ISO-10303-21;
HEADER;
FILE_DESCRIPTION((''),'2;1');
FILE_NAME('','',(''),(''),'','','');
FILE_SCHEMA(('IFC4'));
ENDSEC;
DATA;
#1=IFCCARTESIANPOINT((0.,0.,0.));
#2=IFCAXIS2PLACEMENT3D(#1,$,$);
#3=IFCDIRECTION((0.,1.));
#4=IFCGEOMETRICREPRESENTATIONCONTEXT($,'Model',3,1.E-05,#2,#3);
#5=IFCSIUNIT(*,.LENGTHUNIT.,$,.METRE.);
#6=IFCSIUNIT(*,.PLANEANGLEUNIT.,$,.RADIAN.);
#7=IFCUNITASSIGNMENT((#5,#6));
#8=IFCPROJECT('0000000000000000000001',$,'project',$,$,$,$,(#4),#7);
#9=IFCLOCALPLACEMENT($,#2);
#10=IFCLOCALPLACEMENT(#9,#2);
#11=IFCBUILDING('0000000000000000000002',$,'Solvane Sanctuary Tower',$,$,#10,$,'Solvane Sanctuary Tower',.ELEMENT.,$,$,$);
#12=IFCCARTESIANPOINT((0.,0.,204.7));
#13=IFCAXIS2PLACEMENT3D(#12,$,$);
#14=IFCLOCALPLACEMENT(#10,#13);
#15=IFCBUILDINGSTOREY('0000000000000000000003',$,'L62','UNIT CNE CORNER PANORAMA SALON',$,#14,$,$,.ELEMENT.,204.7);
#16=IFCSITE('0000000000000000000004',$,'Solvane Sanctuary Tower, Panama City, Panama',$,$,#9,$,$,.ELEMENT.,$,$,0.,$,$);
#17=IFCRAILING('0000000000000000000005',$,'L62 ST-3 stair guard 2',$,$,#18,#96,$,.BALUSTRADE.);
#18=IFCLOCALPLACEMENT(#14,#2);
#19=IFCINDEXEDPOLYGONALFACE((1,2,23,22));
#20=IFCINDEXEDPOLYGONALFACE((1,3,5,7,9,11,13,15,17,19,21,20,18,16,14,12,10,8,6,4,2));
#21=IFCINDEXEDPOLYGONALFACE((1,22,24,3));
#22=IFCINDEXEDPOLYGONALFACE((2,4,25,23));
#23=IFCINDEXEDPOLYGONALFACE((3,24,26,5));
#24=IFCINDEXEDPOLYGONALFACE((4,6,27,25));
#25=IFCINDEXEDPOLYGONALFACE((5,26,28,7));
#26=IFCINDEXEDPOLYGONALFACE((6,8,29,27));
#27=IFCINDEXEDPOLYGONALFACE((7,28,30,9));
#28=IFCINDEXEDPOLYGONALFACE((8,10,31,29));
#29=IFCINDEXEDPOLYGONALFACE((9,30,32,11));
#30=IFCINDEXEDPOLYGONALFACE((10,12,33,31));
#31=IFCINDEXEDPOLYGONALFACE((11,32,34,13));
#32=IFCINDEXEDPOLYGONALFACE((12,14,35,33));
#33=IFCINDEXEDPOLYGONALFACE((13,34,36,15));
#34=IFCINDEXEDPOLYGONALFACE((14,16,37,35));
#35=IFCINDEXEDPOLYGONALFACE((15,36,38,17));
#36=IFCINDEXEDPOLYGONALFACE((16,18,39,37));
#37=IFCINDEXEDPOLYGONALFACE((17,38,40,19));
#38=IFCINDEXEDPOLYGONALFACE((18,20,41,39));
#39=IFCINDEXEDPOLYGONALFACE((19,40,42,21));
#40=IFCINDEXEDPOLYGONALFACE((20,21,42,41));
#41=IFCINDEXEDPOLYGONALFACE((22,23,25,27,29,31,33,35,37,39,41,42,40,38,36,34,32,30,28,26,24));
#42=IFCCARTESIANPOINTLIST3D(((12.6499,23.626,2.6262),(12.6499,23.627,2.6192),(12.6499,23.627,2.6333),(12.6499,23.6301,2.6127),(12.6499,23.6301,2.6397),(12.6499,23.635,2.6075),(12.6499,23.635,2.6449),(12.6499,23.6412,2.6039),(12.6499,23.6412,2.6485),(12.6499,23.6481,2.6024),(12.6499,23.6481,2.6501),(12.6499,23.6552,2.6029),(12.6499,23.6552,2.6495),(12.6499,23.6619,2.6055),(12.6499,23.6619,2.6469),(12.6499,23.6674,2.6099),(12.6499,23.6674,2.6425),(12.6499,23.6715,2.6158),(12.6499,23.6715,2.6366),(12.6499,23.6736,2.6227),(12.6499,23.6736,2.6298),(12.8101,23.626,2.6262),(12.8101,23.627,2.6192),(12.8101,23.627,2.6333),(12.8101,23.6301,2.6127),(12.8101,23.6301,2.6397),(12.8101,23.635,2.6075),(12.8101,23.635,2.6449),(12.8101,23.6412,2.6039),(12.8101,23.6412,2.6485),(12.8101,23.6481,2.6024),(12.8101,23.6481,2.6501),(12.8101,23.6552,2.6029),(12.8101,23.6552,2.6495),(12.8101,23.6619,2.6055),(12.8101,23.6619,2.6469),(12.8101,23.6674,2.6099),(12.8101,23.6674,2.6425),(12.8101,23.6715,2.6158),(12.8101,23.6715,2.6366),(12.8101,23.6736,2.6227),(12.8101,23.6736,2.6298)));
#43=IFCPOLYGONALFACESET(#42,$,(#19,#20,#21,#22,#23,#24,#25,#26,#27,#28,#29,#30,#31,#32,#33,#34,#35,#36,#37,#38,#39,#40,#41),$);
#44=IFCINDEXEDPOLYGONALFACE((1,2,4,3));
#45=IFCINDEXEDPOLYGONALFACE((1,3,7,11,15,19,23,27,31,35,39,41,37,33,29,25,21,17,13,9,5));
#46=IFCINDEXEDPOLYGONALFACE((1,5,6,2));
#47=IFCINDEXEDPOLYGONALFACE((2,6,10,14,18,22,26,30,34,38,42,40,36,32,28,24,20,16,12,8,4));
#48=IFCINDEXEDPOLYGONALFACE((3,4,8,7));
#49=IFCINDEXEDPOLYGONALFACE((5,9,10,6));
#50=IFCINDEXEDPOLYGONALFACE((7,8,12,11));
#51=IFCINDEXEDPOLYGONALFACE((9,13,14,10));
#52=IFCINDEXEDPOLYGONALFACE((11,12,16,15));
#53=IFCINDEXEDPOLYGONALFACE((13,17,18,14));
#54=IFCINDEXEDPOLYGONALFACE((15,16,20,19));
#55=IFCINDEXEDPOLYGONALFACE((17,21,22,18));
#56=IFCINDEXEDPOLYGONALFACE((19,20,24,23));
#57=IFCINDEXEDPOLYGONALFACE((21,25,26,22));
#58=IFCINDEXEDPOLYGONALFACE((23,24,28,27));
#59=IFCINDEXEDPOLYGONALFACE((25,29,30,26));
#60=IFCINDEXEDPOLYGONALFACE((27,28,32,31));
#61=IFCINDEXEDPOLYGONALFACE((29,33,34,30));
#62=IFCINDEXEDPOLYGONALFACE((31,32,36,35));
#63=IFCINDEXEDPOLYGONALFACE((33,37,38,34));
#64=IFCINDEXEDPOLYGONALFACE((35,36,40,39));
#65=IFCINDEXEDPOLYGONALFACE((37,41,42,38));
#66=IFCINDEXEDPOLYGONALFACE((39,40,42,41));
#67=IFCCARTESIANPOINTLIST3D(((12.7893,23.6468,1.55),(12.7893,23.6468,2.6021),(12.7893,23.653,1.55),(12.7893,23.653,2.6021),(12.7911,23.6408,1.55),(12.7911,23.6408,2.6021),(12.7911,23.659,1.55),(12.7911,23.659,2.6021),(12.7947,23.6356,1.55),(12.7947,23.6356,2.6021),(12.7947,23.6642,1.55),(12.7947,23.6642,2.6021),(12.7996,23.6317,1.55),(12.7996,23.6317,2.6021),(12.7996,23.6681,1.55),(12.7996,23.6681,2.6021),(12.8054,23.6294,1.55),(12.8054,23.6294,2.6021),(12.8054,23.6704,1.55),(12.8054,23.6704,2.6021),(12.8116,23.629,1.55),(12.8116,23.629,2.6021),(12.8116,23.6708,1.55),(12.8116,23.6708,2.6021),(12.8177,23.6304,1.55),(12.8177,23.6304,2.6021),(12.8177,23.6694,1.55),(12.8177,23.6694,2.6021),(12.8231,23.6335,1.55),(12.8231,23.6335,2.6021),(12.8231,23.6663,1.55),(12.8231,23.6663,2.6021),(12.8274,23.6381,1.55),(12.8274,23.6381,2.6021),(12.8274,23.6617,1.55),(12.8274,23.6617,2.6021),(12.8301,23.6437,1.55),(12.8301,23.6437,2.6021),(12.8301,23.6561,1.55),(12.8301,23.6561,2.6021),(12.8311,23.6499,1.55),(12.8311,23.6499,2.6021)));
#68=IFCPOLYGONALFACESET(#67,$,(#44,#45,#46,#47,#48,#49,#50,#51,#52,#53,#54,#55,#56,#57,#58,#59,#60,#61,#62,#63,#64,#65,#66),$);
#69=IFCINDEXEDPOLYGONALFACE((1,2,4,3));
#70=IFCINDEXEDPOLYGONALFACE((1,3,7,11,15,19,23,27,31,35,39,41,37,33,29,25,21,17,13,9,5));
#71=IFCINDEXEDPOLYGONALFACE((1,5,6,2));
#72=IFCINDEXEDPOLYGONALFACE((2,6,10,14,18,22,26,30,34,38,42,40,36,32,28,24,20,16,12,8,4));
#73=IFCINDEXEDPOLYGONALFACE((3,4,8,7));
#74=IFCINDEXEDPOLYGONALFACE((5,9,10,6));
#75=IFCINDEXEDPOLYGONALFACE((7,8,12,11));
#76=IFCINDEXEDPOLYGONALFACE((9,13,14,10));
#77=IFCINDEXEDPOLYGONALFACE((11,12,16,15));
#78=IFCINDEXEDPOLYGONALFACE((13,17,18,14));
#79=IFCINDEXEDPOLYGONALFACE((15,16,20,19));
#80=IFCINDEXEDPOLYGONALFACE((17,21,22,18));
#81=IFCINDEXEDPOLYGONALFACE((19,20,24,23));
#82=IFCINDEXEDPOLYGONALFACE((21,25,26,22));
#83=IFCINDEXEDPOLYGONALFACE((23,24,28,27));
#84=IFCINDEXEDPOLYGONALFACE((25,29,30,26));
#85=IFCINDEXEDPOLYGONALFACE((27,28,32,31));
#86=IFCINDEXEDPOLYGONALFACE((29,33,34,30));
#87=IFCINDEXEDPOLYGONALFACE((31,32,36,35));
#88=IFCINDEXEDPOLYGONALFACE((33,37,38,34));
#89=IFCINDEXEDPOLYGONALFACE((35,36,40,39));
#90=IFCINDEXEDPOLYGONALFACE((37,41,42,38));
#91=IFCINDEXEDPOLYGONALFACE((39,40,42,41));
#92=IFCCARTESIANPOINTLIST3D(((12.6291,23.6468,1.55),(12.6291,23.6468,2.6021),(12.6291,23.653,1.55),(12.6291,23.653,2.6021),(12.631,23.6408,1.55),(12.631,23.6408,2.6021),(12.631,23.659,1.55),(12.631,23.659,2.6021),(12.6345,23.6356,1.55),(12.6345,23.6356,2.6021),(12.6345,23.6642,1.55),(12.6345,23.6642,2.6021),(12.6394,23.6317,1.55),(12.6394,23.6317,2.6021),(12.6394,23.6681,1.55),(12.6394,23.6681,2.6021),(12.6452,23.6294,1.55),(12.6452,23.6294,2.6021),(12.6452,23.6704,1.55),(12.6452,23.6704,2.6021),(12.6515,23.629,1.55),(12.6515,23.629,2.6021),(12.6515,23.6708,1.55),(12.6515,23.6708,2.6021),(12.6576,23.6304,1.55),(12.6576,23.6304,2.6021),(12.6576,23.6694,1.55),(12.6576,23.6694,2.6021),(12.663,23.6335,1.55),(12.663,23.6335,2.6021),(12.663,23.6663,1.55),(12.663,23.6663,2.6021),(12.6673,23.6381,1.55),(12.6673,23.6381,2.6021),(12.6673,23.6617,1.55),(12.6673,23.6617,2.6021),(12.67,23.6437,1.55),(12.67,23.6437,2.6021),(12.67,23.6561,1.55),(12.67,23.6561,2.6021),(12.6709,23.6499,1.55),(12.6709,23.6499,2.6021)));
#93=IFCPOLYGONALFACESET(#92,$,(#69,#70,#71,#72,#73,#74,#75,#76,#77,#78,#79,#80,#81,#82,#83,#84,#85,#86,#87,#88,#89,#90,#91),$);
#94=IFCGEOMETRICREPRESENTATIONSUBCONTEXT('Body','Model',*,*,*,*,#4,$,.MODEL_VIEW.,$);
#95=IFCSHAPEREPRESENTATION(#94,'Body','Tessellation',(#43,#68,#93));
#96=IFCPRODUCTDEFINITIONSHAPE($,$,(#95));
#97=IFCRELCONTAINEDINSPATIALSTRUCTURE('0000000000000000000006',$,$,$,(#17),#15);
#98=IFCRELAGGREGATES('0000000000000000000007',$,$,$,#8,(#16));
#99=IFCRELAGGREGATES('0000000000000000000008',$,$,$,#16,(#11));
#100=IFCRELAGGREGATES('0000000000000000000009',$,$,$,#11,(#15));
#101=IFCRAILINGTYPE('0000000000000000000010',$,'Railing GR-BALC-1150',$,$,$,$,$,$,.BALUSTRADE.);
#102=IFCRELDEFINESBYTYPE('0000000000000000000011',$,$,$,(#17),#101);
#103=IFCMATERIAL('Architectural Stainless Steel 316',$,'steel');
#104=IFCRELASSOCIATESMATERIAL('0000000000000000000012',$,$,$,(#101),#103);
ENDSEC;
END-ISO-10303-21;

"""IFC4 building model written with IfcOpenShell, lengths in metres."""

from ifc_helpers import new_model, si_unit, direction, frame, origin, origin_2d, place, context, subcontext, project, spatial, circle, extrude, material, type_object, element, save


model = new_model("IFC4")

# Units and contexts
model_context = context("Model", 3, precision=1e-05, world=origin(), true_north=direction((0.0, 1.0)))
body_context = subcontext(model_context, "Body", "Model", "MODEL_VIEW")
ifc_project = project(units=[si_unit("LENGTHUNIT", "METRE"), si_unit("PLANEANGLEUNIT", "RADIAN")], contexts=[model_context])

# Site, building, storey
site_placement = place(None, origin())
site = spatial("IfcSite", under=ifc_project, at=site_placement, Name="Solvane Sanctuary Tower, Panama City, Panama", CompositionType="ELEMENT", RefElevation=0.0)
building_placement = place(site_placement, origin())
building = spatial("IfcBuilding", under=site, at=building_placement, Name="Solvane Sanctuary Tower", LongName="Solvane Sanctuary Tower", CompositionType="ELEMENT")
storey_placement = place(building_placement, frame((0.0, 0.0, 204.7)))
storey = spatial("IfcBuildingStorey", under=building, at=storey_placement, Name="L62", Description="UNIT CNE CORNER PANORAMA SALON", CompositionType="ELEMENT", Elevation=204.7)

# Railing
ifc_material_1 = material(Name="Architectural Stainless Steel 316", Category="steel")
railing_type_1 = type_object("IfcRailingType", Name="Railing GR-BALC-1150", PredefinedType="BALUSTRADE", material=ifc_material_1)
railing_1_placement = place(storey_placement, frame((12.8101, 23.6499, 1.55)))
element("IfcRailing", 1, at=railing_1_placement, inside=storey, type_object=railing_type_1, Name="L62 ST-3 stair guard 2", PredefinedType="BALUSTRADE", context=body_context, shape_type="SweptSolid", body=[
    extrude(circle(Radius=0.0239, at=origin_2d()), frame((0.0, 0.0, 1.0762), z_axis=(-1.0, 0.0, 0.0), x_axis=(0.0, -1.0, 0.0)), (0.0, 0.0, 1.0), 0.1602),
    extrude(circle(Radius=0.021, at=origin_2d()), origin(), (0.0, 0.0, 1.0), 1.052),
    extrude(circle(Radius=0.021, at=origin_2d()), frame((-0.1602, 0.0, 0.0)), (0.0, 0.0, 1.0), 1.052),
])

save(model, "model.ifc")
